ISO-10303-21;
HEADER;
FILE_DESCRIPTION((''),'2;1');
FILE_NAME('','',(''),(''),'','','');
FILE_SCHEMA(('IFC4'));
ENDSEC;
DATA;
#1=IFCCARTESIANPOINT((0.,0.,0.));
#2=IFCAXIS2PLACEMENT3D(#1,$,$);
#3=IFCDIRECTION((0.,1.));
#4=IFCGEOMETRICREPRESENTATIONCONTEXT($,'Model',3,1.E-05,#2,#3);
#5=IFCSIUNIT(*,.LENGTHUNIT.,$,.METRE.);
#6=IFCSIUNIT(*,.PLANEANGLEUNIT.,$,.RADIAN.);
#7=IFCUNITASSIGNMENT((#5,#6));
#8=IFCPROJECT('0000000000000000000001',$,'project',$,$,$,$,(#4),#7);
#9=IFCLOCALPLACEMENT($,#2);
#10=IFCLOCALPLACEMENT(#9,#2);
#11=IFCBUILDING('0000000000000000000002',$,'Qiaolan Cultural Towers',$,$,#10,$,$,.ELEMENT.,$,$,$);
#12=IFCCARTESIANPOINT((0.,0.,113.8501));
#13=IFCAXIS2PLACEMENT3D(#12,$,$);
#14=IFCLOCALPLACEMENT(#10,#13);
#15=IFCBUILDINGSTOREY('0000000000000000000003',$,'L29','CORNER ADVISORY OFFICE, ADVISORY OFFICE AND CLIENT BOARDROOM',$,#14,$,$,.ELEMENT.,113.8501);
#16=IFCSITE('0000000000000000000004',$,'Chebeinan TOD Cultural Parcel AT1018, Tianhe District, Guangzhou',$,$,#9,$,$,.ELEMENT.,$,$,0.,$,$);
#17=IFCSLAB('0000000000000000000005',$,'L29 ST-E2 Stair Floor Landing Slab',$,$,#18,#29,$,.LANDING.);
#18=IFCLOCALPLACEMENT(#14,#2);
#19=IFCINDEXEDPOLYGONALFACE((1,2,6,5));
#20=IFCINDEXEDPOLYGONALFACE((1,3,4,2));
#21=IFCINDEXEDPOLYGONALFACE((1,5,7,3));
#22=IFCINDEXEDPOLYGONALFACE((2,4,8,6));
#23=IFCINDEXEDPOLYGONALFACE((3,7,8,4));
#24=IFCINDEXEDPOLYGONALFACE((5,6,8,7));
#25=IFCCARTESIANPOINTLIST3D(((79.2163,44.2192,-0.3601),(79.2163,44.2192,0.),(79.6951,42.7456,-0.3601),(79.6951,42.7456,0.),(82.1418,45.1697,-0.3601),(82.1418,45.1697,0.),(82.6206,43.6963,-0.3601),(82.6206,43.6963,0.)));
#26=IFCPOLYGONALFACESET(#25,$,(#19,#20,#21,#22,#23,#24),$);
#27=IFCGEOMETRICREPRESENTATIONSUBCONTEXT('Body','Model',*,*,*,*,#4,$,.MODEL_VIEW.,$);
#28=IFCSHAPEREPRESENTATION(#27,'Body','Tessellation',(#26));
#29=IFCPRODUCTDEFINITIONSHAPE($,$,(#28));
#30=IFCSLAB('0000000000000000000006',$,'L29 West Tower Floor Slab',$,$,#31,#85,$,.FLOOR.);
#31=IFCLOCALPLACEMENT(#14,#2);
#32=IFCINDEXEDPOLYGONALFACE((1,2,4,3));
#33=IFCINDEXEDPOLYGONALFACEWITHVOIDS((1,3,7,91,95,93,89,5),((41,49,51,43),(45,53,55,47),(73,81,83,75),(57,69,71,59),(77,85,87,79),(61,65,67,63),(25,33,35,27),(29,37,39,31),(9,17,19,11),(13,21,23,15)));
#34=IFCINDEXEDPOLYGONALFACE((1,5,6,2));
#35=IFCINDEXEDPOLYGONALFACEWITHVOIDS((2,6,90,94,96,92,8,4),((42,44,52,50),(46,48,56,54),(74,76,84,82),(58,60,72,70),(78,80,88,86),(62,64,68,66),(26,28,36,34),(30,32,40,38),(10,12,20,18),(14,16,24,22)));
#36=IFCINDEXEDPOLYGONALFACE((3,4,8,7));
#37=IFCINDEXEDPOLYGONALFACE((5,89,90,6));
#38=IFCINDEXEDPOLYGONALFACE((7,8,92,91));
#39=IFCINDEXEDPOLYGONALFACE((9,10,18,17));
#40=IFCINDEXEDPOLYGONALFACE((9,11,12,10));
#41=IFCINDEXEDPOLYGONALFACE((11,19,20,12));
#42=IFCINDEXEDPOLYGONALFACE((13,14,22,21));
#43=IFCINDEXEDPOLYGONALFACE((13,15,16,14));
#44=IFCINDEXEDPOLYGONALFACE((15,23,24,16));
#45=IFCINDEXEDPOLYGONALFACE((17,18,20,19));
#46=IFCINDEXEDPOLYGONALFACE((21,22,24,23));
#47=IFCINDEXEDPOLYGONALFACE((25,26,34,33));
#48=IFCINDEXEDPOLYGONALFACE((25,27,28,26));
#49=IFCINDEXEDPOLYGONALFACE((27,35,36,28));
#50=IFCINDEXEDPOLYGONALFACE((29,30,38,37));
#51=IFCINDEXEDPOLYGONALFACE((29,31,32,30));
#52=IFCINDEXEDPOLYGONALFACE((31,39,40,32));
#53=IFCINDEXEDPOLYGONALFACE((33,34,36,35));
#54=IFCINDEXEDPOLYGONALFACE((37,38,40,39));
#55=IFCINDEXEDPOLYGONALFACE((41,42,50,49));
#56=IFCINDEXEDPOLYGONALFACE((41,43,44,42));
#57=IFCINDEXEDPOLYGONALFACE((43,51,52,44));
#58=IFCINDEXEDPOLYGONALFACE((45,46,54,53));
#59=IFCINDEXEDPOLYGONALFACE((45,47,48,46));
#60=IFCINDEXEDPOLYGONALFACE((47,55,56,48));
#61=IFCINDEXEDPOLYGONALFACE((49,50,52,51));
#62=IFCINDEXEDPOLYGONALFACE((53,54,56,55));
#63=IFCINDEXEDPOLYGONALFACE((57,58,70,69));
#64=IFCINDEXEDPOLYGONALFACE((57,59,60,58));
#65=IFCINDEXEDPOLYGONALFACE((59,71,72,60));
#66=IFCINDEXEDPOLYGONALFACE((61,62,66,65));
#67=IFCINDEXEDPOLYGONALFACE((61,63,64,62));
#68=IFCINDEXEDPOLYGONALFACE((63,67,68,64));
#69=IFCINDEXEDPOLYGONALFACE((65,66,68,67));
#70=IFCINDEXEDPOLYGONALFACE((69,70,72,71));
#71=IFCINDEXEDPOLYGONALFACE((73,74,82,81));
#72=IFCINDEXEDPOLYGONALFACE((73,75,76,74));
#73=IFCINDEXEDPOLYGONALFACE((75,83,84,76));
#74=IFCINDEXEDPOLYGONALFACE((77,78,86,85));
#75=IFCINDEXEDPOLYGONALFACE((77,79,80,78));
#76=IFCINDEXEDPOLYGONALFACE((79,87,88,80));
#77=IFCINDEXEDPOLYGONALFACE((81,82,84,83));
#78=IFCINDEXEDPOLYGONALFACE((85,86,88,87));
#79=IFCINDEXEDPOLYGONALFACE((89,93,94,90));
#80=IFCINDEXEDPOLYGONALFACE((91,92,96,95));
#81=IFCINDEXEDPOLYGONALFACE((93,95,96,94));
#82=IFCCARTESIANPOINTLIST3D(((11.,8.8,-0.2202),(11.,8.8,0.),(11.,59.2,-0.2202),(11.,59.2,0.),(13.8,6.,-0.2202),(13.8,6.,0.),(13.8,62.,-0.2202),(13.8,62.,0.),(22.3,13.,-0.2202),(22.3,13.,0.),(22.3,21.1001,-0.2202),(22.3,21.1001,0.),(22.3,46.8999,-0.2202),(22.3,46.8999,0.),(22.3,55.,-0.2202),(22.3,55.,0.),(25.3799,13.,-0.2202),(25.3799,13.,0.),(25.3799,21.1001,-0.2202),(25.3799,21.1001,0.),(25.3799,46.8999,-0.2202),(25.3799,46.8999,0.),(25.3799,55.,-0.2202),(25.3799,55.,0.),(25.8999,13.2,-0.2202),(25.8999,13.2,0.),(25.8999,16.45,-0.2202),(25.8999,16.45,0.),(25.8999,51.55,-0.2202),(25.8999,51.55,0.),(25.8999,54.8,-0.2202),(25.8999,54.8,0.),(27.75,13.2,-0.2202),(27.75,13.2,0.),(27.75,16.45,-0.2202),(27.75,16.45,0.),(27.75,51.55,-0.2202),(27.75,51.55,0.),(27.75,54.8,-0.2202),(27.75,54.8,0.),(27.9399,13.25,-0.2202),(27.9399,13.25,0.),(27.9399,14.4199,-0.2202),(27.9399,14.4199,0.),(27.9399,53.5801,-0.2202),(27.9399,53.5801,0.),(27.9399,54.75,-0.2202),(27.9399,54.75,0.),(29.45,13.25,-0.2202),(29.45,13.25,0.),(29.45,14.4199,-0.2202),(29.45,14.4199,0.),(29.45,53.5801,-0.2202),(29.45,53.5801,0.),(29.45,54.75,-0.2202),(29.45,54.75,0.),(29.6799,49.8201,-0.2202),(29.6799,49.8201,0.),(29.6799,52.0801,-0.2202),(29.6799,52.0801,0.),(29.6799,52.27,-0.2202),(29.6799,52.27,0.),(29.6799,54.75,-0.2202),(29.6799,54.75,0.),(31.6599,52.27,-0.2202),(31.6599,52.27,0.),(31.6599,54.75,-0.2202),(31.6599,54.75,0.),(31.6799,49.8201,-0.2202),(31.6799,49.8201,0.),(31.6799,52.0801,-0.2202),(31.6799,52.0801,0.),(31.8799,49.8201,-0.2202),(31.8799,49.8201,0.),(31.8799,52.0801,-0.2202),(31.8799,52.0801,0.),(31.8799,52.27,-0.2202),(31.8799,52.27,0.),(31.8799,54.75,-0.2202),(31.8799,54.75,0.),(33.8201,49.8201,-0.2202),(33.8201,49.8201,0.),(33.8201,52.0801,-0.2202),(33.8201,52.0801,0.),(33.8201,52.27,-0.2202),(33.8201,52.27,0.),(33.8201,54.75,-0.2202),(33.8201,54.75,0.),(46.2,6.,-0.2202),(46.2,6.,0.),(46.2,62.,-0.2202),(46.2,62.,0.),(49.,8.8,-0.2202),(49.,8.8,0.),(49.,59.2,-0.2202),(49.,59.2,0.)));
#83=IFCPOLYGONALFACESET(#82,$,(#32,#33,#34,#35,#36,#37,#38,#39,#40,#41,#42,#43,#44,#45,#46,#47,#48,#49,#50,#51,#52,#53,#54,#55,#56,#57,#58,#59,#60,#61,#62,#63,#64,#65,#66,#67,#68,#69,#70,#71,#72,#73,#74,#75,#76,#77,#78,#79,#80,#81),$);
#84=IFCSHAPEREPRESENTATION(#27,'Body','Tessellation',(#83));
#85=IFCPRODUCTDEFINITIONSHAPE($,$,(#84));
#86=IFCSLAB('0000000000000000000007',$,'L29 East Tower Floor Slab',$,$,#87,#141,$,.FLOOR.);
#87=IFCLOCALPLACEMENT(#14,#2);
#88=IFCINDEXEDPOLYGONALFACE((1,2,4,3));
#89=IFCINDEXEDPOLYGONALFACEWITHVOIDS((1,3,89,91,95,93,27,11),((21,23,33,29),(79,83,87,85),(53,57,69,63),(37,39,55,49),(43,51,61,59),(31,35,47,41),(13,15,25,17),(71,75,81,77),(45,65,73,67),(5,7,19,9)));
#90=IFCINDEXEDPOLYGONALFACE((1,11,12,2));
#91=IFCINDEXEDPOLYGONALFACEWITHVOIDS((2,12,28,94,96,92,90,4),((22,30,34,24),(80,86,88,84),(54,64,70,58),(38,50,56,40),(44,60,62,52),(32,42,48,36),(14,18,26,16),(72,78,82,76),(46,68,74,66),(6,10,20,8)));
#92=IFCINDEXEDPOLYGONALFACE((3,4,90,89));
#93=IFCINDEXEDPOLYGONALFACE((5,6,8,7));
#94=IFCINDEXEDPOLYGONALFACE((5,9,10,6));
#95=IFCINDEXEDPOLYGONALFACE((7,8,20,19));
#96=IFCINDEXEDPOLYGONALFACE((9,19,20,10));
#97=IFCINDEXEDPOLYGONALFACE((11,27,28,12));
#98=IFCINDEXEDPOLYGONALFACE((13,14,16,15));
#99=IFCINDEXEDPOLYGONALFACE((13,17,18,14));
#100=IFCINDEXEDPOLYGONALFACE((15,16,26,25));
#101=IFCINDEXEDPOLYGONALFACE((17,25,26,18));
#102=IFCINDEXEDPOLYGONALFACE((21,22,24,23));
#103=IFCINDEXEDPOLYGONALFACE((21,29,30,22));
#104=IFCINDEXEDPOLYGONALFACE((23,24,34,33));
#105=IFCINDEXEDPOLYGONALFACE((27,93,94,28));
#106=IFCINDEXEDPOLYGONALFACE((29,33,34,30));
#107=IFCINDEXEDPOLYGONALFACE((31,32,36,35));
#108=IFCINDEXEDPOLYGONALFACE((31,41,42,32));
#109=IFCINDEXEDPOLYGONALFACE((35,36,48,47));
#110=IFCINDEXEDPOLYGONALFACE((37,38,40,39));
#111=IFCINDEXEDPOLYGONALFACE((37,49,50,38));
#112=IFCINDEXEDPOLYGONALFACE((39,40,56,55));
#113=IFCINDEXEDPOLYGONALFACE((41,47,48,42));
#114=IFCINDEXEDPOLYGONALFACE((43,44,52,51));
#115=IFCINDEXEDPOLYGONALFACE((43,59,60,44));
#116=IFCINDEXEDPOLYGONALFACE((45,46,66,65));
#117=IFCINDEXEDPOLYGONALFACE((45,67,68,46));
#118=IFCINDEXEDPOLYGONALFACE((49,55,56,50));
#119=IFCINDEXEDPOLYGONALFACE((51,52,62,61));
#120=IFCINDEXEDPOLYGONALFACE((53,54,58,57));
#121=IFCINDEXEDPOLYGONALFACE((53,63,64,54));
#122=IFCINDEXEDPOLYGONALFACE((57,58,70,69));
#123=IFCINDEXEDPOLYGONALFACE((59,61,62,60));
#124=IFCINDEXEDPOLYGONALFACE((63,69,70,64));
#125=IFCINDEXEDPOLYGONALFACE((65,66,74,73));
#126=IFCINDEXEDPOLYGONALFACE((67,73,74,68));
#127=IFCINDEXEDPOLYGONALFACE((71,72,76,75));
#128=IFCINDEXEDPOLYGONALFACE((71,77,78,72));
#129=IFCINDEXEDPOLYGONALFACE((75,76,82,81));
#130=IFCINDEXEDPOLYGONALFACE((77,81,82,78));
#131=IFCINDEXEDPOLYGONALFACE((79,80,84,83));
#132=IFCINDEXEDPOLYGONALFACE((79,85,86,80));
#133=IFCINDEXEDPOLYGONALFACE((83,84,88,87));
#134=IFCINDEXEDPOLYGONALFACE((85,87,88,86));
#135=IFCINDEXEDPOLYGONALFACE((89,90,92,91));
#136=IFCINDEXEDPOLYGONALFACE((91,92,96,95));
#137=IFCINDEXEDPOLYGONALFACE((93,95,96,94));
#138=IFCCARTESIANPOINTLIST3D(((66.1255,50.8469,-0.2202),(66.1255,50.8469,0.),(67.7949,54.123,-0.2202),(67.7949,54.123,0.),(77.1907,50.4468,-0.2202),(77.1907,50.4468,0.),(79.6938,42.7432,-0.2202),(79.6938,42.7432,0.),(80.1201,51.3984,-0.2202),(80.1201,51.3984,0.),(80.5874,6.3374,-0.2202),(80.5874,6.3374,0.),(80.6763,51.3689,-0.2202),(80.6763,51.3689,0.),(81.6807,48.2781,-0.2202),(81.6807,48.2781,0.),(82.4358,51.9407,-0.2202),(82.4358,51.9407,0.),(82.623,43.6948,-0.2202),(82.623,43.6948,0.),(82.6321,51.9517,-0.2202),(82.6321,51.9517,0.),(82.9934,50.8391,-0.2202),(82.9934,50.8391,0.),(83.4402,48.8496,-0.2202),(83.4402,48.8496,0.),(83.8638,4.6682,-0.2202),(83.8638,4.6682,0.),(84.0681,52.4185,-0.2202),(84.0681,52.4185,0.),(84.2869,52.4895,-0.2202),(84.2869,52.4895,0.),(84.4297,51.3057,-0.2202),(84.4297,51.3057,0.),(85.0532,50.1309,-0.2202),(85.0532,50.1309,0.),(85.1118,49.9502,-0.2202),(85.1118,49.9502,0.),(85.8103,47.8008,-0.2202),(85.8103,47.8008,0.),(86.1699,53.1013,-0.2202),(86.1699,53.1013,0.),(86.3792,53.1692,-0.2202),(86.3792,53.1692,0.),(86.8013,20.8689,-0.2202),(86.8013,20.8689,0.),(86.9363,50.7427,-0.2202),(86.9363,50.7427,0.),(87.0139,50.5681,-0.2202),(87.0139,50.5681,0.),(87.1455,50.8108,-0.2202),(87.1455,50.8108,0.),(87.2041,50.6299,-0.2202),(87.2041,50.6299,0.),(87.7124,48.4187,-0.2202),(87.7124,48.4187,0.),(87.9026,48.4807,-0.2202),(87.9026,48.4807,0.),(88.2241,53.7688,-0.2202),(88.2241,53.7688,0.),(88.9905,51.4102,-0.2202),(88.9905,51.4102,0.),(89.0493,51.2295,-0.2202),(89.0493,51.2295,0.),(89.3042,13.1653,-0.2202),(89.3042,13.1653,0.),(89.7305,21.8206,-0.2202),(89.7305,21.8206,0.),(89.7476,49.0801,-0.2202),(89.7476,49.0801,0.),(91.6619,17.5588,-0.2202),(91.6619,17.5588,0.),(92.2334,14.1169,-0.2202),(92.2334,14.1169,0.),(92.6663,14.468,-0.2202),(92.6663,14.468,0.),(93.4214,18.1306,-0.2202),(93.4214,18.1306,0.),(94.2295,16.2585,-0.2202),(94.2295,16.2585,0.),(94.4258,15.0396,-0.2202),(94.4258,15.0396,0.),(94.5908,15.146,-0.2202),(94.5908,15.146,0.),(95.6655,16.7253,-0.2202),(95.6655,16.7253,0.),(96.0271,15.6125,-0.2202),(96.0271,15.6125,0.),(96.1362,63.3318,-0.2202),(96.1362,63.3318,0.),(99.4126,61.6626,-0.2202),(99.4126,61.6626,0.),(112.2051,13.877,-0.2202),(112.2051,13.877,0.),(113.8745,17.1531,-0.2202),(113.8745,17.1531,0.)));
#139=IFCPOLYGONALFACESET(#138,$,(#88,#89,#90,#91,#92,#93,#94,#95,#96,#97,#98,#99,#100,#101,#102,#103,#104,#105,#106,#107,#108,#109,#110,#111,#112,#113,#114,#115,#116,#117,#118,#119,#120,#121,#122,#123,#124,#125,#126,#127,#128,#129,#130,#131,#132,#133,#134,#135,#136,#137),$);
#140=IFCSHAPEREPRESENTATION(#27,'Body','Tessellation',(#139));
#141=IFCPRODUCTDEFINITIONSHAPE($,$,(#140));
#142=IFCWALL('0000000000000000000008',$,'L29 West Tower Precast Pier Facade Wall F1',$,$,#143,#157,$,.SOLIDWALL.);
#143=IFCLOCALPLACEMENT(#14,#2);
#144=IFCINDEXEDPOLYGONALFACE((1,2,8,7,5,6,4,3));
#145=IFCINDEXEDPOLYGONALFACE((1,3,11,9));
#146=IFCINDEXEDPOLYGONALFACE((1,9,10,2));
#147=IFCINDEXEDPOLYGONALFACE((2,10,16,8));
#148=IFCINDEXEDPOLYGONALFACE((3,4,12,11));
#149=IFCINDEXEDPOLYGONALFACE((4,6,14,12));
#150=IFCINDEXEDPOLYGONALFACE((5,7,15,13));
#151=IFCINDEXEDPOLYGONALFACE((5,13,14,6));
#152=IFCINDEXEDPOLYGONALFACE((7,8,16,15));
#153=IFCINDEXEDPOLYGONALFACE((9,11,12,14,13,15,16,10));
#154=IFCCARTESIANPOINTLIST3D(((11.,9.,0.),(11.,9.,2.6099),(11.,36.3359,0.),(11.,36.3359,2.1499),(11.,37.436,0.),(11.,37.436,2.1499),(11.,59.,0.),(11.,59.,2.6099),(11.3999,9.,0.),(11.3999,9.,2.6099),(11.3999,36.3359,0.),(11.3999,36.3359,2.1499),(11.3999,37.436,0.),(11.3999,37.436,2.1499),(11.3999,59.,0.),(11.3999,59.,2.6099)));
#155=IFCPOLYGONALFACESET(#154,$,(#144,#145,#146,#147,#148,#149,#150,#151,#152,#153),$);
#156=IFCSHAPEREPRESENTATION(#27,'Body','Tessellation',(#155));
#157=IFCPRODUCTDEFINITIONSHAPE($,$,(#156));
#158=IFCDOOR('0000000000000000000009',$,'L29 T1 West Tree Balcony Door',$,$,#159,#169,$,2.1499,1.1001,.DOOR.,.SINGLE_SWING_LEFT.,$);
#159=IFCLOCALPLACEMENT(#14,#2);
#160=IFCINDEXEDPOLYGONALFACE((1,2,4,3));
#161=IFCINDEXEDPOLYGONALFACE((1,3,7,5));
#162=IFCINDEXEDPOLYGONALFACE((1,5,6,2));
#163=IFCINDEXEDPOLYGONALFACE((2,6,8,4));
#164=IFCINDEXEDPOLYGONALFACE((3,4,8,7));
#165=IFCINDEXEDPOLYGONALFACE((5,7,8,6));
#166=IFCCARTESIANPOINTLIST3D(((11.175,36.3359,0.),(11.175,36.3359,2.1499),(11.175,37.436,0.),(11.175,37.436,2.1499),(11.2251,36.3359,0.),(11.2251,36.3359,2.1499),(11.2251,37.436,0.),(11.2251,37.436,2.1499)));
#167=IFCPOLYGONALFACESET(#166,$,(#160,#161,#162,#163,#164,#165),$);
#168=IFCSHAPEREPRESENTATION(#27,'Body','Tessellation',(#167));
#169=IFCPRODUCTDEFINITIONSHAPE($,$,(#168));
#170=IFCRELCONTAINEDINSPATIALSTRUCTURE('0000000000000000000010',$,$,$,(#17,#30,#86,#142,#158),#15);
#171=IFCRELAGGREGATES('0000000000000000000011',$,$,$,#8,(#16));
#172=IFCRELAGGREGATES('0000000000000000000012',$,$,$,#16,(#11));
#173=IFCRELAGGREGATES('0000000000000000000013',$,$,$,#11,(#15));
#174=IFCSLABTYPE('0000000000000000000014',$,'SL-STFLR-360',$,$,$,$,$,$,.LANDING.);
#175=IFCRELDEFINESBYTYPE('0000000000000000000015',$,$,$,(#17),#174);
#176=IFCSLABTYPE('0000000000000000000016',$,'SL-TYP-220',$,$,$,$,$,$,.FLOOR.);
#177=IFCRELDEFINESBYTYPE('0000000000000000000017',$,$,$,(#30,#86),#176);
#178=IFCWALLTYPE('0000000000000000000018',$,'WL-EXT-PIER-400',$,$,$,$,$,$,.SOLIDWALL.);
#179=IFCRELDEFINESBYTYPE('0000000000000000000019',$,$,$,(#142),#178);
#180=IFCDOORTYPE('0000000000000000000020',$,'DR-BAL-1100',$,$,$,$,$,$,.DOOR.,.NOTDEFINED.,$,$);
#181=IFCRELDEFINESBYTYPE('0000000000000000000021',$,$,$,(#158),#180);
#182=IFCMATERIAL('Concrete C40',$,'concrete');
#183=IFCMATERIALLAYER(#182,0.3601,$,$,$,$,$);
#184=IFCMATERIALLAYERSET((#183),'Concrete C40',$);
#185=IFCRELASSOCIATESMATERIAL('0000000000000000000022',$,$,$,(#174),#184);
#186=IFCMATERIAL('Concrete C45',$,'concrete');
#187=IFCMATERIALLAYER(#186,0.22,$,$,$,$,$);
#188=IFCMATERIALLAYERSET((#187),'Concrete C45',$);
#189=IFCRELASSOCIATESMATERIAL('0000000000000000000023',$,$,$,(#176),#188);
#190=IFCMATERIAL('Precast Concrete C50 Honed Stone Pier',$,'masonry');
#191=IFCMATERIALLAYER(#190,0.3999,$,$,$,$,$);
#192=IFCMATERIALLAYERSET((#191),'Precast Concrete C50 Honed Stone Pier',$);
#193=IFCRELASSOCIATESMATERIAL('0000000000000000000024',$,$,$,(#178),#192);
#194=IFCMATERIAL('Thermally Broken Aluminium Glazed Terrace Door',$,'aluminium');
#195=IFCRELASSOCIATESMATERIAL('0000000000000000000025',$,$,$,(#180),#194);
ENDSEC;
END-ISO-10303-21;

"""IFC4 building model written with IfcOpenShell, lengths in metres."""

from ifc_helpers import new_model, si_unit, direction, frame, frame_2d, origin, place, context, subcontext, project, spatial, polyline, rectangle, outline, extrude, material, layer, layer_set, type_object, element, fill, save


model = new_model("IFC4")

# Units and contexts
model_context = context("Model", 3, precision=1e-05, world=origin(), true_north=direction((0.0, 1.0)))
body_context = subcontext(model_context, "Body", "Model", "MODEL_VIEW")
ifc_project = project(units=[si_unit("LENGTHUNIT", "METRE"), si_unit("PLANEANGLEUNIT", "RADIAN")], contexts=[model_context])

# Site, building, storey
site_placement = place(None, origin())
site = spatial("IfcSite", under=ifc_project, at=site_placement, Name="Chebeinan TOD Cultural Parcel AT1018, Tianhe District, Guangzhou", CompositionType="ELEMENT", RefElevation=0.0)
building_placement = place(site_placement, origin())
building = spatial("IfcBuilding", under=site, at=building_placement, Name="Qiaolan Cultural Towers", CompositionType="ELEMENT")
storey_placement = place(building_placement, frame((0.0, 0.0, 113.8501)))
storey = spatial("IfcBuildingStorey", under=building, at=storey_placement, Name="L29", Description="CORNER ADVISORY OFFICE, ADVISORY OFFICE AND CLIENT BOARDROOM", CompositionType="ELEMENT", Elevation=113.8501)

# Slabs
ifc_material_1 = material(Name="Concrete C40", Category="concrete")
ifc_layer_1 = layer(ifc_material_1, 0.3601)
ifc_layer_set_1 = layer_set([ifc_layer_1], Name="Concrete C40")
slab_type_1 = type_object("IfcSlabType", Name="SL-STFLR-360", PredefinedType="LANDING", material=ifc_layer_set_1)
slab_1_placement = place(storey_placement, frame((0.0, 0.0, -0.3601)))
element("IfcSlab", 1, at=slab_1_placement, inside=storey, type_object=slab_type_1, Name="L29 ST-E2 Stair Floor Landing Slab", PredefinedType="LANDING", context=body_context, shape_type="SweptSolid", body=[
    extrude(outline(polyline([(82.6206, 43.6963), (82.1418, 45.1697), (79.2163, 44.2192), (79.6951, 42.7456), (82.6206, 43.6963)])), origin(), (0.0, 0.0, 1.0), 0.3601),
])
ifc_material_2 = material(Name="Concrete C45", Category="concrete")
ifc_layer_2 = layer(ifc_material_2, 0.22)
ifc_layer_set_2 = layer_set([ifc_layer_2], Name="Concrete C45")
slab_type_2 = type_object("IfcSlabType", Name="SL-TYP-220", PredefinedType="FLOOR", material=ifc_layer_set_2)
slab_2_placement = place(storey_placement, frame((0.0, 0.0, -0.2202)))
element("IfcSlab", 2, at=slab_2_placement, inside=storey, type_object=slab_type_2, Name="L29 West Tower Floor Slab", PredefinedType="FLOOR", context=body_context, shape_type="SweptSolid", body=[
    extrude(outline(polyline([(13.8, 6.0), (46.2, 6.0), (49.0, 8.8), (49.0, 59.2), (46.2, 62.0), (13.8, 62.0), (11.0, 59.2), (11.0, 8.8), (13.8, 6.0)]), holes=[polyline([(22.3, 21.1001), (22.3, 13.0), (25.3799, 13.0), (25.3799, 21.1001), (22.3, 21.1001)]), polyline([(25.3799, 46.8999), (25.3799, 55.0), (22.3, 55.0), (22.3, 46.8999), (25.3799, 46.8999)]), polyline([(25.8999, 13.2), (27.75, 13.2), (27.75, 16.45), (25.8999, 16.45), (25.8999, 13.2)]), polyline([(27.9399, 13.25), (29.45, 13.25), (29.45, 14.4199), (27.9399, 14.4199), (27.9399, 13.25)]), polyline([(25.8999, 51.55), (27.75, 51.55), (27.75, 54.8), (25.8999, 54.8), (25.8999, 51.55)]), polyline([(27.9399, 53.5801), (29.45, 53.5801), (29.45, 54.75), (27.9399, 54.75), (27.9399, 53.5801)]), polyline([(29.6799, 49.8201), (31.6799, 49.8201), (31.6799, 52.0801), (29.6799, 52.0801), (29.6799, 49.8201)]), polyline([(31.8799, 49.8201), (33.8201, 49.8201), (33.8201, 52.0801), (31.8799, 52.0801), (31.8799, 49.8201)]), polyline([(29.6799, 52.27), (31.6599, 52.27), (31.6599, 54.75), (29.6799, 54.75), (29.6799, 52.27)]), polyline([(31.8799, 52.27), (33.8201, 52.27), (33.8201, 54.75), (31.8799, 54.75), (31.8799, 52.27)])]), origin(), (0.0, 0.0, 1.0), 0.2202),
])
slab_3_placement = place(storey_placement, frame((0.0, 0.0, -0.2202)))
element("IfcSlab", 3, at=slab_3_placement, inside=storey, type_object=slab_type_2, Name="L29 East Tower Floor Slab", PredefinedType="FLOOR", context=body_context, shape_type="SweptSolid", body=[
    extrude(outline(polyline([(83.8638, 4.6682), (112.2051, 13.877), (113.8745, 17.1531), (99.4126, 61.6626), (96.1362, 63.3318), (67.7949, 54.123), (66.1255, 50.8469), (80.5874, 6.3374), (83.8638, 4.6682)]), holes=[polyline([(86.8013, 20.8689), (89.3042, 13.1653), (92.2334, 14.1169), (89.7305, 21.8206), (86.8013, 20.8689)]), polyline([(82.623, 43.6948), (80.1201, 51.3984), (77.1907, 50.4468), (79.6938, 42.7432), (82.623, 43.6948)]), polyline([(92.6663, 14.468), (94.4258, 15.0396), (93.4214, 18.1306), (91.6619, 17.5588), (92.6663, 14.468)]), polyline([(94.5908, 15.146), (96.0271, 15.6125), (95.6655, 16.7253), (94.2295, 16.2585), (94.5908, 15.146)]), polyline([(81.6807, 48.2781), (83.4402, 48.8496), (82.4358, 51.9407), (80.6763, 51.3689), (81.6807, 48.2781)]), polyline([(82.9934, 50.8391), (84.4297, 51.3057), (84.0681, 52.4185), (82.6321, 51.9517), (82.9934, 50.8391)]), polyline([(85.8103, 47.8008), (87.7124, 48.4187), (87.0139, 50.5681), (85.1118, 49.9502), (85.8103, 47.8008)]), polyline([(87.9026, 48.4807), (89.7476, 49.0801), (89.0493, 51.2295), (87.2041, 50.6299), (87.9026, 48.4807)]), polyline([(85.0532, 50.1309), (86.9363, 50.7427), (86.1699, 53.1013), (84.2869, 52.4895), (85.0532, 50.1309)]), polyline([(87.1455, 50.8108), (88.9905, 51.4102), (88.2241, 53.7688), (86.3792, 53.1692), (87.1455, 50.8108)])]), origin(), (0.0, 0.0, 1.0), 0.2202),
])

# Wall, opening, door
ifc_material_3 = material(Name="Precast Concrete C50 Honed Stone Pier", Category="masonry")
ifc_layer_3 = layer(ifc_material_3, 0.3999)
ifc_layer_set_3 = layer_set([ifc_layer_3], Name="Precast Concrete C50 Honed Stone Pier")
wall_type_1 = type_object("IfcWallType", Name="WL-EXT-PIER-400", PredefinedType="SOLIDWALL", material=ifc_layer_set_3)
wall_1_placement = place(storey_placement, frame((11.2, 9.0, 0.0), z_axis=(0.0, 0.0, 1.0), x_axis=(0.0, 1.0, 0.0)))
wall_1 = element("IfcWall", 4, at=wall_1_placement, inside=storey, type_object=wall_type_1, Name="L29 West Tower Precast Pier Facade Wall F1", PredefinedType="SOLIDWALL", context=body_context, shape_type="SweptSolid", body=[
    extrude(rectangle(XDim=50.0, YDim=0.3999, at=frame_2d((25.0, 0.0))), origin(), (0.0, 0.0, 1.0), 2.6099),
])
opening_placement = place(wall_1_placement, frame((27.3359, 0.0, 0.0)))
opening = element("IfcOpeningElement", 5, at=opening_placement, cuts=wall_1, PredefinedType="OPENING", context=body_context, shape_type="SweptSolid", body=[
    extrude(rectangle(XDim=1.1001, YDim=2.1499, at=frame_2d((0.55, 1.075))), frame((0.0, 0.21, 0.0), z_axis=(0.0, -1.0, 0.0), x_axis=(1.0, 0.0, 0.0)), (0.0, 0.0, 1.0), 0.4199),
])
ifc_material_4 = material(Name="Thermally Broken Aluminium Glazed Terrace Door", Category="aluminium")
door_type = type_object("IfcDoorType", Name="DR-BAL-1100", OperationType="NOTDEFINED", PredefinedType="DOOR", material=ifc_material_4)
door_placement = place(opening_placement, origin())
door = element("IfcDoor", 6, at=door_placement, inside=storey, type_object=door_type, Name="L29 T1 West Tree Balcony Door", OperationType="SINGLE_SWING_LEFT", OverallHeight=2.1499, OverallWidth=1.1001, PredefinedType="DOOR", context=body_context, shape_type="SweptSolid", body=[
    extrude(rectangle(XDim=1.1001, YDim=2.1499, at=frame_2d((0.55, 1.075))), frame((0.0, 0.0249, 0.0), z_axis=(0.0, -1.0, 0.0), x_axis=(1.0, 0.0, 0.0)), (0.0, 0.0, 1.0), 0.05),
])
fill(opening, door)

save(model, "model.ifc")
